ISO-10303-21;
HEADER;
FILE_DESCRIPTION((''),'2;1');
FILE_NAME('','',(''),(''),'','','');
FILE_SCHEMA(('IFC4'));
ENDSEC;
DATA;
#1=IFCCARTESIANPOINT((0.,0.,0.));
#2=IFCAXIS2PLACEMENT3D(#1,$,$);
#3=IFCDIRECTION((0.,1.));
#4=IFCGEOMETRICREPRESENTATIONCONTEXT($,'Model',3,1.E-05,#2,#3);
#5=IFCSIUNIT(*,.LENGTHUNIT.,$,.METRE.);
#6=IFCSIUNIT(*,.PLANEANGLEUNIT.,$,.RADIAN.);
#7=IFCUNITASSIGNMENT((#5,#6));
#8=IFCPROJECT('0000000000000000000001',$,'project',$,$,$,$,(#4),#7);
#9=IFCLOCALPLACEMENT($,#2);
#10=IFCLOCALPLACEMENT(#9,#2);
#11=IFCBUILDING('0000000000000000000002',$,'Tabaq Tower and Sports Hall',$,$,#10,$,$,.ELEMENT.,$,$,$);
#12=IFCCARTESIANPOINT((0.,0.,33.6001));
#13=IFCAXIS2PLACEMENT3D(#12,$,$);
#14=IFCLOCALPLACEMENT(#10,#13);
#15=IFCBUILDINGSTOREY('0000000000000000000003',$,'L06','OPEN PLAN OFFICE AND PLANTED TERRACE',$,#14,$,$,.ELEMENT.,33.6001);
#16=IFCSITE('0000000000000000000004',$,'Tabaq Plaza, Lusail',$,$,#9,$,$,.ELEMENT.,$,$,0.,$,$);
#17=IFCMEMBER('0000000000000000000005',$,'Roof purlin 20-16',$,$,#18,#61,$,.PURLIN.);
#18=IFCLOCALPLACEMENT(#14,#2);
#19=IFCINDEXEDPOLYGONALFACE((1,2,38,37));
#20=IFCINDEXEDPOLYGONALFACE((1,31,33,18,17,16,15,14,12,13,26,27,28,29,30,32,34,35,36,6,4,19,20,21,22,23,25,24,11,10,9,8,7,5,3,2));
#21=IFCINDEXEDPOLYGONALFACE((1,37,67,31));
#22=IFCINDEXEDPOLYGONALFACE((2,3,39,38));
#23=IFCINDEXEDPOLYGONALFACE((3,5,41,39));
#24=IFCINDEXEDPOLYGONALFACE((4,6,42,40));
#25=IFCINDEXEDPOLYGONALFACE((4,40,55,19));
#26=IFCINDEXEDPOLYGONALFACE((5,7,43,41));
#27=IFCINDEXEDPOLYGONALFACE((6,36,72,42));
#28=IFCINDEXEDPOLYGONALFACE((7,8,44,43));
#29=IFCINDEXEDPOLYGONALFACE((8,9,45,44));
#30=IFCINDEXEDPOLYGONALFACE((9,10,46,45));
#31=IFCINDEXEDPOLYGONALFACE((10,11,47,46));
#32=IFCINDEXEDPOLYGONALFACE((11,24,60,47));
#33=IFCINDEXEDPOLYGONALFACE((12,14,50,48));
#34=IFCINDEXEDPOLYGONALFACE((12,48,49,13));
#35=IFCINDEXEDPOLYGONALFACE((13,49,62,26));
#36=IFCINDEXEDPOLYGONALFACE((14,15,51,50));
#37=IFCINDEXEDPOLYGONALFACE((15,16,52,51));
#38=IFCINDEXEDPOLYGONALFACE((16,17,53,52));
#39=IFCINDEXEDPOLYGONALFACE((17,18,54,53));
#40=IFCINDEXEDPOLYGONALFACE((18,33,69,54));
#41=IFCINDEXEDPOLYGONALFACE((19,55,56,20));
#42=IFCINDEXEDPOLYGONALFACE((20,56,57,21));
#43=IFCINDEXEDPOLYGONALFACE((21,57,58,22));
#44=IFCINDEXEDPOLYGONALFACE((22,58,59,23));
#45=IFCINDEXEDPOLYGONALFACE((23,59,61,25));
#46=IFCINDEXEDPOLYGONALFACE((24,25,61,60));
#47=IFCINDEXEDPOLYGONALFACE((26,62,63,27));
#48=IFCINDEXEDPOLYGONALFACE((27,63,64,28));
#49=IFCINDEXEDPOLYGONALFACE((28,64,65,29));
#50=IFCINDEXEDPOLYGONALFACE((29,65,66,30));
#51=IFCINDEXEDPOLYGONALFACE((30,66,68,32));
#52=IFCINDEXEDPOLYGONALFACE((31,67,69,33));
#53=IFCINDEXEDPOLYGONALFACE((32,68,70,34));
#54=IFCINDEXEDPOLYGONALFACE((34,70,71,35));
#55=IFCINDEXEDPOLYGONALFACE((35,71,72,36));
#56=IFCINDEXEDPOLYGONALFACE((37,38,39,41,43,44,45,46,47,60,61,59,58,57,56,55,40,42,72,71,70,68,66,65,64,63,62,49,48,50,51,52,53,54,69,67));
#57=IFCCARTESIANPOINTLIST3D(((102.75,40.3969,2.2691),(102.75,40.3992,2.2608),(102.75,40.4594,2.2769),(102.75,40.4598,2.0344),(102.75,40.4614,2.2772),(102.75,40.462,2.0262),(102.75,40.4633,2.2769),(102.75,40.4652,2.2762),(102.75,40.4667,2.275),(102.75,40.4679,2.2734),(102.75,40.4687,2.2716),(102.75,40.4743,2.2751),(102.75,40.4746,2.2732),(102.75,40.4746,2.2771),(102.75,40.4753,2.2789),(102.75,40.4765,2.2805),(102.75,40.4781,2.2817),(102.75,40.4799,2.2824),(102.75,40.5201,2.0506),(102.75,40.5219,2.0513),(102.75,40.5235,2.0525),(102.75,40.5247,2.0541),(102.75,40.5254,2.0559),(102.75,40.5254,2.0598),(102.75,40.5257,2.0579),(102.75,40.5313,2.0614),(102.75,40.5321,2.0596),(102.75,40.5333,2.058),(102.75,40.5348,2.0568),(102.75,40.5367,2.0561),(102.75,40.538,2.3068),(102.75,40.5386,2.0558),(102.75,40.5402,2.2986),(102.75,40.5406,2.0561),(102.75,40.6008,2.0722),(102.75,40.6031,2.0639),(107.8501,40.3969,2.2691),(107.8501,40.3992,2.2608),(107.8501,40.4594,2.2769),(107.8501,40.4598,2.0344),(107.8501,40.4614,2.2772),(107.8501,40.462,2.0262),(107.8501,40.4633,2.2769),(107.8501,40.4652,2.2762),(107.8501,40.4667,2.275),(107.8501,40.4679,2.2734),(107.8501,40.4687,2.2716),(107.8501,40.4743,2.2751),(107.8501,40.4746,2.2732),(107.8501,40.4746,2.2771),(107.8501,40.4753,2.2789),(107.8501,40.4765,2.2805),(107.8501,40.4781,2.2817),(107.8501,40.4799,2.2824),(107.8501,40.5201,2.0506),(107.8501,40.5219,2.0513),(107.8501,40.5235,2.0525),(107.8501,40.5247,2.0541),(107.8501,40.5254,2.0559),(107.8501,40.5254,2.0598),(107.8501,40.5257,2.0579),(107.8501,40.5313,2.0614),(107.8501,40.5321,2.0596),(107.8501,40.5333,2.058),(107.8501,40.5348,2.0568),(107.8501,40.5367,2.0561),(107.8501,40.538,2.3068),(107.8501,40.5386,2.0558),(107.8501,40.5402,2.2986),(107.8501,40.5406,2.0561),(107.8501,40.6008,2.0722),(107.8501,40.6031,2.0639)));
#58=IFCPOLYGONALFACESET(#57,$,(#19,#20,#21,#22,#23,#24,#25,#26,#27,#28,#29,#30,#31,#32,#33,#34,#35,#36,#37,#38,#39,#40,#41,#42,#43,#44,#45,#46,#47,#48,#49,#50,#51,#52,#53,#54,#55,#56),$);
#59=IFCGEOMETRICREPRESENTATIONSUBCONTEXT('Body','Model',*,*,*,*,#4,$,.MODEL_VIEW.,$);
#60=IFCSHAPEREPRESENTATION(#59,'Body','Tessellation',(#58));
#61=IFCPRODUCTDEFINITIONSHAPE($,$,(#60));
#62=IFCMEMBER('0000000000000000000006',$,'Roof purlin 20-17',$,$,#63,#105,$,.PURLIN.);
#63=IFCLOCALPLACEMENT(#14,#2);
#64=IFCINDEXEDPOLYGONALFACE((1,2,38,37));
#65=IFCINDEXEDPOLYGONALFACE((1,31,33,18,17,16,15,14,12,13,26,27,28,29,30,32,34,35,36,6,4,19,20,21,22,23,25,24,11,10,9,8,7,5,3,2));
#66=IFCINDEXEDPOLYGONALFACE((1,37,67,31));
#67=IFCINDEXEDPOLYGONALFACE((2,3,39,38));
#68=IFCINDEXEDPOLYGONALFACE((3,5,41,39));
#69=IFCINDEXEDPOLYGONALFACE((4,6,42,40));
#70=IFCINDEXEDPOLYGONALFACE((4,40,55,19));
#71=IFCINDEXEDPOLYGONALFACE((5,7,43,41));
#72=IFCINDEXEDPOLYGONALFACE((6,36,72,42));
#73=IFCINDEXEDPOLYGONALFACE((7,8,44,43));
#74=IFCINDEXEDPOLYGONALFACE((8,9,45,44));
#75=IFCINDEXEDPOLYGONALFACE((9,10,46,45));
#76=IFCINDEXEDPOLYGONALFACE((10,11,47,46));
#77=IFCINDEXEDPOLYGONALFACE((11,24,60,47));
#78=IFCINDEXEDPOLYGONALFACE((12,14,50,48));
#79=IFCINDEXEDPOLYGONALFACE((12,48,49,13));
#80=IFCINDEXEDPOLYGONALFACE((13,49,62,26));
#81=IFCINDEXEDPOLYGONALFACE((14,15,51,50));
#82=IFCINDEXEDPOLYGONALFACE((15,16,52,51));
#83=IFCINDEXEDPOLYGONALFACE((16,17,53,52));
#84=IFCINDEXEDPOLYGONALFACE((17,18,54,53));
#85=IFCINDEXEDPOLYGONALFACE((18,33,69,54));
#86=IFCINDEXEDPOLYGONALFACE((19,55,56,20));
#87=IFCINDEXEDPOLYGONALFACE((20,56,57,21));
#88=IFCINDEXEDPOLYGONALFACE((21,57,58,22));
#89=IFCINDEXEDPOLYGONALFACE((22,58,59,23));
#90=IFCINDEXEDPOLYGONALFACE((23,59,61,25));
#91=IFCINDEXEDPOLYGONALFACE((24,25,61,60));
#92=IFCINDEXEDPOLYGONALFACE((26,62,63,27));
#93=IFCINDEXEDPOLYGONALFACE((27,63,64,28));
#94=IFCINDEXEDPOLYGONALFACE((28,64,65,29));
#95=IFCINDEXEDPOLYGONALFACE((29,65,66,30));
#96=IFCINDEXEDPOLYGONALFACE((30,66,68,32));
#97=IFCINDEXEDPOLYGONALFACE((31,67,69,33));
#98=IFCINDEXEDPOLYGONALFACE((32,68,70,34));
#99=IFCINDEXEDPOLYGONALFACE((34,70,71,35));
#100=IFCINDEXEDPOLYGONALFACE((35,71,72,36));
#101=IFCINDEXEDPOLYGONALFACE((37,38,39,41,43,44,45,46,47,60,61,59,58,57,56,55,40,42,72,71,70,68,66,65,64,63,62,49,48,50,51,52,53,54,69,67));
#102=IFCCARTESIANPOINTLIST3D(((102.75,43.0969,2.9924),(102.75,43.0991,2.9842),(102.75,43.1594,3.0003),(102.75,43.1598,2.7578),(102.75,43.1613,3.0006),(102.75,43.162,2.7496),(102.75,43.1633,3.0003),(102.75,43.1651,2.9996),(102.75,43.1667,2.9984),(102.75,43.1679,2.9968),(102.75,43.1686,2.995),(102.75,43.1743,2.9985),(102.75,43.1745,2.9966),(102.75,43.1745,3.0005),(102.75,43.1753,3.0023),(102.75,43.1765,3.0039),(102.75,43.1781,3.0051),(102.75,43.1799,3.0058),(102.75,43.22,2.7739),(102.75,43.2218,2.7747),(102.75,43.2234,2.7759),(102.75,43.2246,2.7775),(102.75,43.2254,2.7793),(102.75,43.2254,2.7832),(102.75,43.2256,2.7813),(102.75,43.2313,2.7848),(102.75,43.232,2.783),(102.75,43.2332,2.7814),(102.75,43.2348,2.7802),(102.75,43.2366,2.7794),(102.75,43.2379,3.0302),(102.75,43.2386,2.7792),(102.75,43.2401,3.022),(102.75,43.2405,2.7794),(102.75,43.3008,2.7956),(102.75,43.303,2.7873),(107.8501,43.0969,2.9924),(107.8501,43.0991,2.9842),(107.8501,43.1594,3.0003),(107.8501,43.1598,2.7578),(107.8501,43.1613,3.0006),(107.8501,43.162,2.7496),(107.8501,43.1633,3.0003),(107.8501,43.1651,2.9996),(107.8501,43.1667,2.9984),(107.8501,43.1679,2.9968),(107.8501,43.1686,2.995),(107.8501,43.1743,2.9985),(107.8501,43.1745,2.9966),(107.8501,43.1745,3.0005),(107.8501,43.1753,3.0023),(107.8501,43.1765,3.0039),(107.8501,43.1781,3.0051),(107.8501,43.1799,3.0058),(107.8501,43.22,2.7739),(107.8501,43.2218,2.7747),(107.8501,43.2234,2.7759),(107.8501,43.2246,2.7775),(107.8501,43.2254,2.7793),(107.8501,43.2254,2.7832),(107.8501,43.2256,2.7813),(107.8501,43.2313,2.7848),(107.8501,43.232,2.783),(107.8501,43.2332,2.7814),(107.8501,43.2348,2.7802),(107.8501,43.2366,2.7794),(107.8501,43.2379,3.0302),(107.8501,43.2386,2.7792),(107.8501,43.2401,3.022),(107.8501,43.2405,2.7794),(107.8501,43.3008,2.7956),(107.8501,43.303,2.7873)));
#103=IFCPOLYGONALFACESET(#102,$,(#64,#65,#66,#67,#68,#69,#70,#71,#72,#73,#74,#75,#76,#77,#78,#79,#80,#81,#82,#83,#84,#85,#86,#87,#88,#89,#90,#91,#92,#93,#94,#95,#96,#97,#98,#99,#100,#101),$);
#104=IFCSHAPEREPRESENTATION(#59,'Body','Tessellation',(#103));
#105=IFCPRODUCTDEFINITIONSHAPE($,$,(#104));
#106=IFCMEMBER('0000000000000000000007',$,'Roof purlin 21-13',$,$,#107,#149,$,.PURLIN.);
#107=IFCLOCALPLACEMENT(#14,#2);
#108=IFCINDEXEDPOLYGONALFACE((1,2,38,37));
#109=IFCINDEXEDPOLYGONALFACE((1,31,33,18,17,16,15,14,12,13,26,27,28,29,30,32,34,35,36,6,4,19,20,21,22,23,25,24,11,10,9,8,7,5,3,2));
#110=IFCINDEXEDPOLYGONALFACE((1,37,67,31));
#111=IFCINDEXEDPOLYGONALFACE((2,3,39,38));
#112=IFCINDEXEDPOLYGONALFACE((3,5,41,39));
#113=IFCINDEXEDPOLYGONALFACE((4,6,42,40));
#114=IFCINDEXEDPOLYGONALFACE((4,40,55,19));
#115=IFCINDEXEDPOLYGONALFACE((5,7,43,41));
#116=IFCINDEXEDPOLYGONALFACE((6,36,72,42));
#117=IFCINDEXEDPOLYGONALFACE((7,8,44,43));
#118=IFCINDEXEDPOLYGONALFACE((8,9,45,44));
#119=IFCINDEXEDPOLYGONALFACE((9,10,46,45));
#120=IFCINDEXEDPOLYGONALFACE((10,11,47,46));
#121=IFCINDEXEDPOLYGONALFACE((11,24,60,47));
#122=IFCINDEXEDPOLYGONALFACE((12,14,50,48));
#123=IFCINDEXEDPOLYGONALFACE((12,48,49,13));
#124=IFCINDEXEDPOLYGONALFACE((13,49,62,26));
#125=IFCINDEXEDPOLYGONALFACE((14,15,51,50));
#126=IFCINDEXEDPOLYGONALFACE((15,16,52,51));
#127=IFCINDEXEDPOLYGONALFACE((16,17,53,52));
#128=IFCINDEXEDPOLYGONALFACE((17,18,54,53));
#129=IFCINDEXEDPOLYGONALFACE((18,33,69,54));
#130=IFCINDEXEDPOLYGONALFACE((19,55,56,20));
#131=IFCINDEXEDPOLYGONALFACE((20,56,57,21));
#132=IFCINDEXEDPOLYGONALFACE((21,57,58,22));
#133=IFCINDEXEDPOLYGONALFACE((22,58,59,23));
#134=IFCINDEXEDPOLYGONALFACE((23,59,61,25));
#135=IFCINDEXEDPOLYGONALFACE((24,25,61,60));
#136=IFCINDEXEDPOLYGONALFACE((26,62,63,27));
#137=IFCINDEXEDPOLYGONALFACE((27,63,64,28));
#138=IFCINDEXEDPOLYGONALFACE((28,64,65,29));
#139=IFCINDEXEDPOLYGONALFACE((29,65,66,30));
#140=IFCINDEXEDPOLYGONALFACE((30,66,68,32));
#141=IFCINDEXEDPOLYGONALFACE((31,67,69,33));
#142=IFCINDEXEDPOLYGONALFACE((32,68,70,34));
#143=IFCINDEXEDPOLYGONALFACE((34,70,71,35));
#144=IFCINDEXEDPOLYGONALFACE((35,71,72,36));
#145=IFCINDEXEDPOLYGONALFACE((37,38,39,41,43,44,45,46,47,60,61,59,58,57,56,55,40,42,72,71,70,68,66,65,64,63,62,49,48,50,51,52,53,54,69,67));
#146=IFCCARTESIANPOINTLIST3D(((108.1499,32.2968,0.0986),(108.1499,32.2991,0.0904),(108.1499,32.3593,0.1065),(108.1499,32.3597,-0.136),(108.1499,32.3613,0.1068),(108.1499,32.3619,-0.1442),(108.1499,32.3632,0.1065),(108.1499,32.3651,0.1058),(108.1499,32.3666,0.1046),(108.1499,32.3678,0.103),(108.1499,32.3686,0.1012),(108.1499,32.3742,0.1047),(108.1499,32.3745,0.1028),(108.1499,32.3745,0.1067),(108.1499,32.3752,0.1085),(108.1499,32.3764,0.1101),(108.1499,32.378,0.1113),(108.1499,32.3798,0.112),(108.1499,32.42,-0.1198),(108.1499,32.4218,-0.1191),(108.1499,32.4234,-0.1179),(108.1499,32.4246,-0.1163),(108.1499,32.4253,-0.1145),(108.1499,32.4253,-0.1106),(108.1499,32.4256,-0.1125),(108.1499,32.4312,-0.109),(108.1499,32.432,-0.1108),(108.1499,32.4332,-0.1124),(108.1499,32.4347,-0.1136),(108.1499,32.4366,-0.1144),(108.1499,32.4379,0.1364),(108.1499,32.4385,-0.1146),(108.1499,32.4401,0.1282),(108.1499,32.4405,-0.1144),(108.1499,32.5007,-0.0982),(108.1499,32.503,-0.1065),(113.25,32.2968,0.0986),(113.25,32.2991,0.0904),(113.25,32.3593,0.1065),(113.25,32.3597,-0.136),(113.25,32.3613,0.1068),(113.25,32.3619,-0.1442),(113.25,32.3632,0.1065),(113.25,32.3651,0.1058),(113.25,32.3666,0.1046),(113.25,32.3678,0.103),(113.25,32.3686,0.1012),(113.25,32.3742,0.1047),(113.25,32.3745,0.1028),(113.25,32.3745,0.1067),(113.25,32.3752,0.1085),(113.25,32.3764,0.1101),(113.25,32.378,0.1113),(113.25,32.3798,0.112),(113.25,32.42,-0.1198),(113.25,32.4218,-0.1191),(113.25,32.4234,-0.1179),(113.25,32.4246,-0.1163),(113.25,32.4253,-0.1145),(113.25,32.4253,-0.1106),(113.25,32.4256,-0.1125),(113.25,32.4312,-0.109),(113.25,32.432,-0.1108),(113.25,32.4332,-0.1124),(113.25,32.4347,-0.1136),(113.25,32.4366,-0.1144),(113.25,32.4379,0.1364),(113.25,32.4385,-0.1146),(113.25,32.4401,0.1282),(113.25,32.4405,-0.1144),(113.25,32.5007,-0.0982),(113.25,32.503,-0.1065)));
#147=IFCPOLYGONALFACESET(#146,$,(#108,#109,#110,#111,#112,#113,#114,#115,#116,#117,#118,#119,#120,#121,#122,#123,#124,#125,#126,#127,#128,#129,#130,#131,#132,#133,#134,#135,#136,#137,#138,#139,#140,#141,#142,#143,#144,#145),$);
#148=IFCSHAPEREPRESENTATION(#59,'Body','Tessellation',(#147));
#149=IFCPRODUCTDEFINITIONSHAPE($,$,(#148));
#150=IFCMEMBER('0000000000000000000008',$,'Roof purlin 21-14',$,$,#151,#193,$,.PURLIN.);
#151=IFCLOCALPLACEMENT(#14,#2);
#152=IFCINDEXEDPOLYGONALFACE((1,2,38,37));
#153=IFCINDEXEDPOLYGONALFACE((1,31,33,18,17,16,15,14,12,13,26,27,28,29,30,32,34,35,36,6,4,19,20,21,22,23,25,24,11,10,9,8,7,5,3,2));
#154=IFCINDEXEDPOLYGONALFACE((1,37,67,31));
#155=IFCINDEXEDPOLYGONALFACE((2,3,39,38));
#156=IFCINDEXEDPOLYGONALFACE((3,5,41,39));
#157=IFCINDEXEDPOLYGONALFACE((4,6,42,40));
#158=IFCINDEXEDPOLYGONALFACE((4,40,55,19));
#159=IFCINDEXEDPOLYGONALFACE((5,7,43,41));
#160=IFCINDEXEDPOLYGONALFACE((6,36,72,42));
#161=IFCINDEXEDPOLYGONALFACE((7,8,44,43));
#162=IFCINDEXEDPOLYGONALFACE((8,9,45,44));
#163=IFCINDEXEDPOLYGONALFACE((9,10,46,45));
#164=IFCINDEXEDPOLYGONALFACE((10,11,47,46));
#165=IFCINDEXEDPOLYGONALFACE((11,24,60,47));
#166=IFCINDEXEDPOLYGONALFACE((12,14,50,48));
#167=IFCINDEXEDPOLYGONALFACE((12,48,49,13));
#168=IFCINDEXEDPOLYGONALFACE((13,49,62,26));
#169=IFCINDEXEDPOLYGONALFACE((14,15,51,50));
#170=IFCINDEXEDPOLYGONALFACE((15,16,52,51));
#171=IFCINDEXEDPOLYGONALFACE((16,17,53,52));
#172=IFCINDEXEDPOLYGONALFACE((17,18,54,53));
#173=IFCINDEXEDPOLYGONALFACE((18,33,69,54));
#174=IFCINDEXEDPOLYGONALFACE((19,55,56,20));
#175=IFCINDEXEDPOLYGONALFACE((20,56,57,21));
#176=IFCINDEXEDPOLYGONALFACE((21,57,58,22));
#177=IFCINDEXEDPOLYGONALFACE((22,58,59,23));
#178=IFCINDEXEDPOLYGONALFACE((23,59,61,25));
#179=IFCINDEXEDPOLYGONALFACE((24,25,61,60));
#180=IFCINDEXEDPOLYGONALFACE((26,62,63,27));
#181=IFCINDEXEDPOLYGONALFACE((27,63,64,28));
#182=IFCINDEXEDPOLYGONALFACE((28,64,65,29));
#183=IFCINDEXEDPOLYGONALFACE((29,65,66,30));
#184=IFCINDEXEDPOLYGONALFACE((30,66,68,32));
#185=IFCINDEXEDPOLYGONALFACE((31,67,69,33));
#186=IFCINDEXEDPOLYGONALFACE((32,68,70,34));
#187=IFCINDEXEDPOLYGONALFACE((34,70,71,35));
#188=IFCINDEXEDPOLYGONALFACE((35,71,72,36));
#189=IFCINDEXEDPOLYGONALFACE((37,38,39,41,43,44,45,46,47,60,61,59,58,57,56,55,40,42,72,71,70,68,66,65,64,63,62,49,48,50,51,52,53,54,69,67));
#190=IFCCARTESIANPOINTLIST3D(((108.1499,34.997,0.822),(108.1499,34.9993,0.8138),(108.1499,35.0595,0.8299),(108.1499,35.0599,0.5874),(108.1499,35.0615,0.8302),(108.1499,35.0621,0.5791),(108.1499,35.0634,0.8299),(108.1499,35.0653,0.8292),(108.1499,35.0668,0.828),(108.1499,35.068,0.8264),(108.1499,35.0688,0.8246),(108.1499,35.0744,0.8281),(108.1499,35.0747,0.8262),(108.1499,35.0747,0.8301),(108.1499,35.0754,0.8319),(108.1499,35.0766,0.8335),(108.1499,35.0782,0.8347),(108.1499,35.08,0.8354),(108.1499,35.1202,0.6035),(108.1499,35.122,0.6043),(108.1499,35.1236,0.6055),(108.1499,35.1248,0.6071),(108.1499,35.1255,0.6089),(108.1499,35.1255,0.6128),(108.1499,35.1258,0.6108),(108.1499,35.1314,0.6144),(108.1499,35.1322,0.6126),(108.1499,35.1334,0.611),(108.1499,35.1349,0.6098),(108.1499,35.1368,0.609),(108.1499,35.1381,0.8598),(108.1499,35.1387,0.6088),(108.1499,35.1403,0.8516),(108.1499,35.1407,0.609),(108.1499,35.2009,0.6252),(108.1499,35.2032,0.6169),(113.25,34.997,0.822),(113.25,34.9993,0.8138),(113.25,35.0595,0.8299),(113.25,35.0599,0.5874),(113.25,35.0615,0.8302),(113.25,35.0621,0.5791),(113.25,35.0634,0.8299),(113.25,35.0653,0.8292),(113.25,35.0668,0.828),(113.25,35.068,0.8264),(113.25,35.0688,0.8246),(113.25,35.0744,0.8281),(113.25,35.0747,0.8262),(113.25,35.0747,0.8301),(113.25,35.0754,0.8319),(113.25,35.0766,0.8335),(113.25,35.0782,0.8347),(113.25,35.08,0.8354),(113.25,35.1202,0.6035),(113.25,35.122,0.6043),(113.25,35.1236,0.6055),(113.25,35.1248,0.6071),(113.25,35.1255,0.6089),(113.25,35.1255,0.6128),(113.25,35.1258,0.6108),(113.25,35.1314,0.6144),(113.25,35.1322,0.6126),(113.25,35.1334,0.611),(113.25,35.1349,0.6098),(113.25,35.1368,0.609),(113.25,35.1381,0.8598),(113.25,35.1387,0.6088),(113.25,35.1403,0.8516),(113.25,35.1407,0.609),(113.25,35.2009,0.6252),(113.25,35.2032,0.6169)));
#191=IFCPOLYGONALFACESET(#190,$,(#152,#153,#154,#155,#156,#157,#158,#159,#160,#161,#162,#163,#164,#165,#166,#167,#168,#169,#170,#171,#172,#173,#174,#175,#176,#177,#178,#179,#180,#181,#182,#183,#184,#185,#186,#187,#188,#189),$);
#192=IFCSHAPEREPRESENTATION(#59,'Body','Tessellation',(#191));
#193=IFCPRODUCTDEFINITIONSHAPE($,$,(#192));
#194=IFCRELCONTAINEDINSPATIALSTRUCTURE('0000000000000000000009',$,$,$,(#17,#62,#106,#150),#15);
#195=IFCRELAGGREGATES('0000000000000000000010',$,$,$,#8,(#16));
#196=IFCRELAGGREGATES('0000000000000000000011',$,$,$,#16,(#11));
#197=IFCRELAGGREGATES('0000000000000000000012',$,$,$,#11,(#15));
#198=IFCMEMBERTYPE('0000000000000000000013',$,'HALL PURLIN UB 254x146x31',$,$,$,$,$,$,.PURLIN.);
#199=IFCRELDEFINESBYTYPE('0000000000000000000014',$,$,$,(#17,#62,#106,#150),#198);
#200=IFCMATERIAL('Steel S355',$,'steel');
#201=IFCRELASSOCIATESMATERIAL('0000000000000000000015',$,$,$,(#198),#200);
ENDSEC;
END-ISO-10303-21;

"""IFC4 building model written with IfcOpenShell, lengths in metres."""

from ifc_helpers import new_model, si_unit, direction, frame, origin, origin_2d, place, context, subcontext, project, spatial, i_section, extrude, material, material_profile, profile_set, type_object, element, save


model = new_model("IFC4")

# Units and contexts
model_context = context("Model", 3, precision=1e-05, world=origin(), true_north=direction((0.0, 1.0)))
body_context = subcontext(model_context, "Body", "Model", "MODEL_VIEW")
ifc_project = project(units=[si_unit("LENGTHUNIT", "METRE"), si_unit("PLANEANGLEUNIT", "RADIAN")], contexts=[model_context])

# Site, building, storey
site_placement = place(None, origin())
site = spatial("IfcSite", under=ifc_project, at=site_placement, Name="Tabaq Plaza, Lusail", CompositionType="ELEMENT", RefElevation=0.0)
building_placement = place(site_placement, origin())
building = spatial("IfcBuilding", under=site, at=building_placement, Name="Tabaq Tower and Sports Hall", CompositionType="ELEMENT")
storey_placement = place(building_placement, frame((0.0, 0.0, 33.6001)))
storey = spatial("IfcBuildingStorey", under=building, at=storey_placement, Name="L06", Description="OPEN PLAN OFFICE AND PLANTED TERRACE", CompositionType="ELEMENT", Elevation=33.6001)

# Members
ifc_material_1 = material(Name="Steel S355", Category="steel")
ifc_material_profile_1 = material_profile(ifc_material_1, i_section(OverallWidth=0.146, OverallDepth=0.2515, WebThickness=0.0061, FlangeThickness=0.0085, FilletRadius=0.0076, at=origin_2d()), Name="UB 254x146x31")
ifc_profile_set_1 = profile_set([ifc_material_profile_1], Name="Steel S355")
member_type = type_object("IfcMemberType", Name="HALL PURLIN UB 254x146x31", PredefinedType="PURLIN", material=ifc_profile_set_1)
for number, where, z_axis, x_axis, name in (
    (1, (102.75, 40.5, 2.1665), (1.0, 0.0, 0.0), (0.0, 0.965926, 0.258819), "Roof purlin 20-16"),
    (2, (102.75, 43.2, 2.8899), (1.0, 0.0, 0.0), (0.0, 0.965926, 0.258819), "Roof purlin 20-17"),
    (3, (108.1499, 32.3999, -0.0039), (1.0, 0.0, 0.0), (0.0, 0.965926, 0.258819), "Roof purlin 21-13"),
    (4, (108.1499, 35.1001, 0.7195), (1.0, 0.0, 0.0), (0.0, 0.965926, 0.258819), "Roof purlin 21-14"),
):
    element("IfcMember", number, at=place(storey_placement, frame(where, z_axis=z_axis, x_axis=x_axis)), inside=storey, type_object=member_type, Name=name, PredefinedType="PURLIN", context=body_context, shape_type="SweptSolid", body=[
        extrude(i_section(OverallWidth=0.146, OverallDepth=0.2515, WebThickness=0.0061, FlangeThickness=0.0085, FilletRadius=0.0076, at=origin_2d()), origin(), (0.0, 0.0, 1.0), 5.1001),
    ])

save(model, "model.ifc")
